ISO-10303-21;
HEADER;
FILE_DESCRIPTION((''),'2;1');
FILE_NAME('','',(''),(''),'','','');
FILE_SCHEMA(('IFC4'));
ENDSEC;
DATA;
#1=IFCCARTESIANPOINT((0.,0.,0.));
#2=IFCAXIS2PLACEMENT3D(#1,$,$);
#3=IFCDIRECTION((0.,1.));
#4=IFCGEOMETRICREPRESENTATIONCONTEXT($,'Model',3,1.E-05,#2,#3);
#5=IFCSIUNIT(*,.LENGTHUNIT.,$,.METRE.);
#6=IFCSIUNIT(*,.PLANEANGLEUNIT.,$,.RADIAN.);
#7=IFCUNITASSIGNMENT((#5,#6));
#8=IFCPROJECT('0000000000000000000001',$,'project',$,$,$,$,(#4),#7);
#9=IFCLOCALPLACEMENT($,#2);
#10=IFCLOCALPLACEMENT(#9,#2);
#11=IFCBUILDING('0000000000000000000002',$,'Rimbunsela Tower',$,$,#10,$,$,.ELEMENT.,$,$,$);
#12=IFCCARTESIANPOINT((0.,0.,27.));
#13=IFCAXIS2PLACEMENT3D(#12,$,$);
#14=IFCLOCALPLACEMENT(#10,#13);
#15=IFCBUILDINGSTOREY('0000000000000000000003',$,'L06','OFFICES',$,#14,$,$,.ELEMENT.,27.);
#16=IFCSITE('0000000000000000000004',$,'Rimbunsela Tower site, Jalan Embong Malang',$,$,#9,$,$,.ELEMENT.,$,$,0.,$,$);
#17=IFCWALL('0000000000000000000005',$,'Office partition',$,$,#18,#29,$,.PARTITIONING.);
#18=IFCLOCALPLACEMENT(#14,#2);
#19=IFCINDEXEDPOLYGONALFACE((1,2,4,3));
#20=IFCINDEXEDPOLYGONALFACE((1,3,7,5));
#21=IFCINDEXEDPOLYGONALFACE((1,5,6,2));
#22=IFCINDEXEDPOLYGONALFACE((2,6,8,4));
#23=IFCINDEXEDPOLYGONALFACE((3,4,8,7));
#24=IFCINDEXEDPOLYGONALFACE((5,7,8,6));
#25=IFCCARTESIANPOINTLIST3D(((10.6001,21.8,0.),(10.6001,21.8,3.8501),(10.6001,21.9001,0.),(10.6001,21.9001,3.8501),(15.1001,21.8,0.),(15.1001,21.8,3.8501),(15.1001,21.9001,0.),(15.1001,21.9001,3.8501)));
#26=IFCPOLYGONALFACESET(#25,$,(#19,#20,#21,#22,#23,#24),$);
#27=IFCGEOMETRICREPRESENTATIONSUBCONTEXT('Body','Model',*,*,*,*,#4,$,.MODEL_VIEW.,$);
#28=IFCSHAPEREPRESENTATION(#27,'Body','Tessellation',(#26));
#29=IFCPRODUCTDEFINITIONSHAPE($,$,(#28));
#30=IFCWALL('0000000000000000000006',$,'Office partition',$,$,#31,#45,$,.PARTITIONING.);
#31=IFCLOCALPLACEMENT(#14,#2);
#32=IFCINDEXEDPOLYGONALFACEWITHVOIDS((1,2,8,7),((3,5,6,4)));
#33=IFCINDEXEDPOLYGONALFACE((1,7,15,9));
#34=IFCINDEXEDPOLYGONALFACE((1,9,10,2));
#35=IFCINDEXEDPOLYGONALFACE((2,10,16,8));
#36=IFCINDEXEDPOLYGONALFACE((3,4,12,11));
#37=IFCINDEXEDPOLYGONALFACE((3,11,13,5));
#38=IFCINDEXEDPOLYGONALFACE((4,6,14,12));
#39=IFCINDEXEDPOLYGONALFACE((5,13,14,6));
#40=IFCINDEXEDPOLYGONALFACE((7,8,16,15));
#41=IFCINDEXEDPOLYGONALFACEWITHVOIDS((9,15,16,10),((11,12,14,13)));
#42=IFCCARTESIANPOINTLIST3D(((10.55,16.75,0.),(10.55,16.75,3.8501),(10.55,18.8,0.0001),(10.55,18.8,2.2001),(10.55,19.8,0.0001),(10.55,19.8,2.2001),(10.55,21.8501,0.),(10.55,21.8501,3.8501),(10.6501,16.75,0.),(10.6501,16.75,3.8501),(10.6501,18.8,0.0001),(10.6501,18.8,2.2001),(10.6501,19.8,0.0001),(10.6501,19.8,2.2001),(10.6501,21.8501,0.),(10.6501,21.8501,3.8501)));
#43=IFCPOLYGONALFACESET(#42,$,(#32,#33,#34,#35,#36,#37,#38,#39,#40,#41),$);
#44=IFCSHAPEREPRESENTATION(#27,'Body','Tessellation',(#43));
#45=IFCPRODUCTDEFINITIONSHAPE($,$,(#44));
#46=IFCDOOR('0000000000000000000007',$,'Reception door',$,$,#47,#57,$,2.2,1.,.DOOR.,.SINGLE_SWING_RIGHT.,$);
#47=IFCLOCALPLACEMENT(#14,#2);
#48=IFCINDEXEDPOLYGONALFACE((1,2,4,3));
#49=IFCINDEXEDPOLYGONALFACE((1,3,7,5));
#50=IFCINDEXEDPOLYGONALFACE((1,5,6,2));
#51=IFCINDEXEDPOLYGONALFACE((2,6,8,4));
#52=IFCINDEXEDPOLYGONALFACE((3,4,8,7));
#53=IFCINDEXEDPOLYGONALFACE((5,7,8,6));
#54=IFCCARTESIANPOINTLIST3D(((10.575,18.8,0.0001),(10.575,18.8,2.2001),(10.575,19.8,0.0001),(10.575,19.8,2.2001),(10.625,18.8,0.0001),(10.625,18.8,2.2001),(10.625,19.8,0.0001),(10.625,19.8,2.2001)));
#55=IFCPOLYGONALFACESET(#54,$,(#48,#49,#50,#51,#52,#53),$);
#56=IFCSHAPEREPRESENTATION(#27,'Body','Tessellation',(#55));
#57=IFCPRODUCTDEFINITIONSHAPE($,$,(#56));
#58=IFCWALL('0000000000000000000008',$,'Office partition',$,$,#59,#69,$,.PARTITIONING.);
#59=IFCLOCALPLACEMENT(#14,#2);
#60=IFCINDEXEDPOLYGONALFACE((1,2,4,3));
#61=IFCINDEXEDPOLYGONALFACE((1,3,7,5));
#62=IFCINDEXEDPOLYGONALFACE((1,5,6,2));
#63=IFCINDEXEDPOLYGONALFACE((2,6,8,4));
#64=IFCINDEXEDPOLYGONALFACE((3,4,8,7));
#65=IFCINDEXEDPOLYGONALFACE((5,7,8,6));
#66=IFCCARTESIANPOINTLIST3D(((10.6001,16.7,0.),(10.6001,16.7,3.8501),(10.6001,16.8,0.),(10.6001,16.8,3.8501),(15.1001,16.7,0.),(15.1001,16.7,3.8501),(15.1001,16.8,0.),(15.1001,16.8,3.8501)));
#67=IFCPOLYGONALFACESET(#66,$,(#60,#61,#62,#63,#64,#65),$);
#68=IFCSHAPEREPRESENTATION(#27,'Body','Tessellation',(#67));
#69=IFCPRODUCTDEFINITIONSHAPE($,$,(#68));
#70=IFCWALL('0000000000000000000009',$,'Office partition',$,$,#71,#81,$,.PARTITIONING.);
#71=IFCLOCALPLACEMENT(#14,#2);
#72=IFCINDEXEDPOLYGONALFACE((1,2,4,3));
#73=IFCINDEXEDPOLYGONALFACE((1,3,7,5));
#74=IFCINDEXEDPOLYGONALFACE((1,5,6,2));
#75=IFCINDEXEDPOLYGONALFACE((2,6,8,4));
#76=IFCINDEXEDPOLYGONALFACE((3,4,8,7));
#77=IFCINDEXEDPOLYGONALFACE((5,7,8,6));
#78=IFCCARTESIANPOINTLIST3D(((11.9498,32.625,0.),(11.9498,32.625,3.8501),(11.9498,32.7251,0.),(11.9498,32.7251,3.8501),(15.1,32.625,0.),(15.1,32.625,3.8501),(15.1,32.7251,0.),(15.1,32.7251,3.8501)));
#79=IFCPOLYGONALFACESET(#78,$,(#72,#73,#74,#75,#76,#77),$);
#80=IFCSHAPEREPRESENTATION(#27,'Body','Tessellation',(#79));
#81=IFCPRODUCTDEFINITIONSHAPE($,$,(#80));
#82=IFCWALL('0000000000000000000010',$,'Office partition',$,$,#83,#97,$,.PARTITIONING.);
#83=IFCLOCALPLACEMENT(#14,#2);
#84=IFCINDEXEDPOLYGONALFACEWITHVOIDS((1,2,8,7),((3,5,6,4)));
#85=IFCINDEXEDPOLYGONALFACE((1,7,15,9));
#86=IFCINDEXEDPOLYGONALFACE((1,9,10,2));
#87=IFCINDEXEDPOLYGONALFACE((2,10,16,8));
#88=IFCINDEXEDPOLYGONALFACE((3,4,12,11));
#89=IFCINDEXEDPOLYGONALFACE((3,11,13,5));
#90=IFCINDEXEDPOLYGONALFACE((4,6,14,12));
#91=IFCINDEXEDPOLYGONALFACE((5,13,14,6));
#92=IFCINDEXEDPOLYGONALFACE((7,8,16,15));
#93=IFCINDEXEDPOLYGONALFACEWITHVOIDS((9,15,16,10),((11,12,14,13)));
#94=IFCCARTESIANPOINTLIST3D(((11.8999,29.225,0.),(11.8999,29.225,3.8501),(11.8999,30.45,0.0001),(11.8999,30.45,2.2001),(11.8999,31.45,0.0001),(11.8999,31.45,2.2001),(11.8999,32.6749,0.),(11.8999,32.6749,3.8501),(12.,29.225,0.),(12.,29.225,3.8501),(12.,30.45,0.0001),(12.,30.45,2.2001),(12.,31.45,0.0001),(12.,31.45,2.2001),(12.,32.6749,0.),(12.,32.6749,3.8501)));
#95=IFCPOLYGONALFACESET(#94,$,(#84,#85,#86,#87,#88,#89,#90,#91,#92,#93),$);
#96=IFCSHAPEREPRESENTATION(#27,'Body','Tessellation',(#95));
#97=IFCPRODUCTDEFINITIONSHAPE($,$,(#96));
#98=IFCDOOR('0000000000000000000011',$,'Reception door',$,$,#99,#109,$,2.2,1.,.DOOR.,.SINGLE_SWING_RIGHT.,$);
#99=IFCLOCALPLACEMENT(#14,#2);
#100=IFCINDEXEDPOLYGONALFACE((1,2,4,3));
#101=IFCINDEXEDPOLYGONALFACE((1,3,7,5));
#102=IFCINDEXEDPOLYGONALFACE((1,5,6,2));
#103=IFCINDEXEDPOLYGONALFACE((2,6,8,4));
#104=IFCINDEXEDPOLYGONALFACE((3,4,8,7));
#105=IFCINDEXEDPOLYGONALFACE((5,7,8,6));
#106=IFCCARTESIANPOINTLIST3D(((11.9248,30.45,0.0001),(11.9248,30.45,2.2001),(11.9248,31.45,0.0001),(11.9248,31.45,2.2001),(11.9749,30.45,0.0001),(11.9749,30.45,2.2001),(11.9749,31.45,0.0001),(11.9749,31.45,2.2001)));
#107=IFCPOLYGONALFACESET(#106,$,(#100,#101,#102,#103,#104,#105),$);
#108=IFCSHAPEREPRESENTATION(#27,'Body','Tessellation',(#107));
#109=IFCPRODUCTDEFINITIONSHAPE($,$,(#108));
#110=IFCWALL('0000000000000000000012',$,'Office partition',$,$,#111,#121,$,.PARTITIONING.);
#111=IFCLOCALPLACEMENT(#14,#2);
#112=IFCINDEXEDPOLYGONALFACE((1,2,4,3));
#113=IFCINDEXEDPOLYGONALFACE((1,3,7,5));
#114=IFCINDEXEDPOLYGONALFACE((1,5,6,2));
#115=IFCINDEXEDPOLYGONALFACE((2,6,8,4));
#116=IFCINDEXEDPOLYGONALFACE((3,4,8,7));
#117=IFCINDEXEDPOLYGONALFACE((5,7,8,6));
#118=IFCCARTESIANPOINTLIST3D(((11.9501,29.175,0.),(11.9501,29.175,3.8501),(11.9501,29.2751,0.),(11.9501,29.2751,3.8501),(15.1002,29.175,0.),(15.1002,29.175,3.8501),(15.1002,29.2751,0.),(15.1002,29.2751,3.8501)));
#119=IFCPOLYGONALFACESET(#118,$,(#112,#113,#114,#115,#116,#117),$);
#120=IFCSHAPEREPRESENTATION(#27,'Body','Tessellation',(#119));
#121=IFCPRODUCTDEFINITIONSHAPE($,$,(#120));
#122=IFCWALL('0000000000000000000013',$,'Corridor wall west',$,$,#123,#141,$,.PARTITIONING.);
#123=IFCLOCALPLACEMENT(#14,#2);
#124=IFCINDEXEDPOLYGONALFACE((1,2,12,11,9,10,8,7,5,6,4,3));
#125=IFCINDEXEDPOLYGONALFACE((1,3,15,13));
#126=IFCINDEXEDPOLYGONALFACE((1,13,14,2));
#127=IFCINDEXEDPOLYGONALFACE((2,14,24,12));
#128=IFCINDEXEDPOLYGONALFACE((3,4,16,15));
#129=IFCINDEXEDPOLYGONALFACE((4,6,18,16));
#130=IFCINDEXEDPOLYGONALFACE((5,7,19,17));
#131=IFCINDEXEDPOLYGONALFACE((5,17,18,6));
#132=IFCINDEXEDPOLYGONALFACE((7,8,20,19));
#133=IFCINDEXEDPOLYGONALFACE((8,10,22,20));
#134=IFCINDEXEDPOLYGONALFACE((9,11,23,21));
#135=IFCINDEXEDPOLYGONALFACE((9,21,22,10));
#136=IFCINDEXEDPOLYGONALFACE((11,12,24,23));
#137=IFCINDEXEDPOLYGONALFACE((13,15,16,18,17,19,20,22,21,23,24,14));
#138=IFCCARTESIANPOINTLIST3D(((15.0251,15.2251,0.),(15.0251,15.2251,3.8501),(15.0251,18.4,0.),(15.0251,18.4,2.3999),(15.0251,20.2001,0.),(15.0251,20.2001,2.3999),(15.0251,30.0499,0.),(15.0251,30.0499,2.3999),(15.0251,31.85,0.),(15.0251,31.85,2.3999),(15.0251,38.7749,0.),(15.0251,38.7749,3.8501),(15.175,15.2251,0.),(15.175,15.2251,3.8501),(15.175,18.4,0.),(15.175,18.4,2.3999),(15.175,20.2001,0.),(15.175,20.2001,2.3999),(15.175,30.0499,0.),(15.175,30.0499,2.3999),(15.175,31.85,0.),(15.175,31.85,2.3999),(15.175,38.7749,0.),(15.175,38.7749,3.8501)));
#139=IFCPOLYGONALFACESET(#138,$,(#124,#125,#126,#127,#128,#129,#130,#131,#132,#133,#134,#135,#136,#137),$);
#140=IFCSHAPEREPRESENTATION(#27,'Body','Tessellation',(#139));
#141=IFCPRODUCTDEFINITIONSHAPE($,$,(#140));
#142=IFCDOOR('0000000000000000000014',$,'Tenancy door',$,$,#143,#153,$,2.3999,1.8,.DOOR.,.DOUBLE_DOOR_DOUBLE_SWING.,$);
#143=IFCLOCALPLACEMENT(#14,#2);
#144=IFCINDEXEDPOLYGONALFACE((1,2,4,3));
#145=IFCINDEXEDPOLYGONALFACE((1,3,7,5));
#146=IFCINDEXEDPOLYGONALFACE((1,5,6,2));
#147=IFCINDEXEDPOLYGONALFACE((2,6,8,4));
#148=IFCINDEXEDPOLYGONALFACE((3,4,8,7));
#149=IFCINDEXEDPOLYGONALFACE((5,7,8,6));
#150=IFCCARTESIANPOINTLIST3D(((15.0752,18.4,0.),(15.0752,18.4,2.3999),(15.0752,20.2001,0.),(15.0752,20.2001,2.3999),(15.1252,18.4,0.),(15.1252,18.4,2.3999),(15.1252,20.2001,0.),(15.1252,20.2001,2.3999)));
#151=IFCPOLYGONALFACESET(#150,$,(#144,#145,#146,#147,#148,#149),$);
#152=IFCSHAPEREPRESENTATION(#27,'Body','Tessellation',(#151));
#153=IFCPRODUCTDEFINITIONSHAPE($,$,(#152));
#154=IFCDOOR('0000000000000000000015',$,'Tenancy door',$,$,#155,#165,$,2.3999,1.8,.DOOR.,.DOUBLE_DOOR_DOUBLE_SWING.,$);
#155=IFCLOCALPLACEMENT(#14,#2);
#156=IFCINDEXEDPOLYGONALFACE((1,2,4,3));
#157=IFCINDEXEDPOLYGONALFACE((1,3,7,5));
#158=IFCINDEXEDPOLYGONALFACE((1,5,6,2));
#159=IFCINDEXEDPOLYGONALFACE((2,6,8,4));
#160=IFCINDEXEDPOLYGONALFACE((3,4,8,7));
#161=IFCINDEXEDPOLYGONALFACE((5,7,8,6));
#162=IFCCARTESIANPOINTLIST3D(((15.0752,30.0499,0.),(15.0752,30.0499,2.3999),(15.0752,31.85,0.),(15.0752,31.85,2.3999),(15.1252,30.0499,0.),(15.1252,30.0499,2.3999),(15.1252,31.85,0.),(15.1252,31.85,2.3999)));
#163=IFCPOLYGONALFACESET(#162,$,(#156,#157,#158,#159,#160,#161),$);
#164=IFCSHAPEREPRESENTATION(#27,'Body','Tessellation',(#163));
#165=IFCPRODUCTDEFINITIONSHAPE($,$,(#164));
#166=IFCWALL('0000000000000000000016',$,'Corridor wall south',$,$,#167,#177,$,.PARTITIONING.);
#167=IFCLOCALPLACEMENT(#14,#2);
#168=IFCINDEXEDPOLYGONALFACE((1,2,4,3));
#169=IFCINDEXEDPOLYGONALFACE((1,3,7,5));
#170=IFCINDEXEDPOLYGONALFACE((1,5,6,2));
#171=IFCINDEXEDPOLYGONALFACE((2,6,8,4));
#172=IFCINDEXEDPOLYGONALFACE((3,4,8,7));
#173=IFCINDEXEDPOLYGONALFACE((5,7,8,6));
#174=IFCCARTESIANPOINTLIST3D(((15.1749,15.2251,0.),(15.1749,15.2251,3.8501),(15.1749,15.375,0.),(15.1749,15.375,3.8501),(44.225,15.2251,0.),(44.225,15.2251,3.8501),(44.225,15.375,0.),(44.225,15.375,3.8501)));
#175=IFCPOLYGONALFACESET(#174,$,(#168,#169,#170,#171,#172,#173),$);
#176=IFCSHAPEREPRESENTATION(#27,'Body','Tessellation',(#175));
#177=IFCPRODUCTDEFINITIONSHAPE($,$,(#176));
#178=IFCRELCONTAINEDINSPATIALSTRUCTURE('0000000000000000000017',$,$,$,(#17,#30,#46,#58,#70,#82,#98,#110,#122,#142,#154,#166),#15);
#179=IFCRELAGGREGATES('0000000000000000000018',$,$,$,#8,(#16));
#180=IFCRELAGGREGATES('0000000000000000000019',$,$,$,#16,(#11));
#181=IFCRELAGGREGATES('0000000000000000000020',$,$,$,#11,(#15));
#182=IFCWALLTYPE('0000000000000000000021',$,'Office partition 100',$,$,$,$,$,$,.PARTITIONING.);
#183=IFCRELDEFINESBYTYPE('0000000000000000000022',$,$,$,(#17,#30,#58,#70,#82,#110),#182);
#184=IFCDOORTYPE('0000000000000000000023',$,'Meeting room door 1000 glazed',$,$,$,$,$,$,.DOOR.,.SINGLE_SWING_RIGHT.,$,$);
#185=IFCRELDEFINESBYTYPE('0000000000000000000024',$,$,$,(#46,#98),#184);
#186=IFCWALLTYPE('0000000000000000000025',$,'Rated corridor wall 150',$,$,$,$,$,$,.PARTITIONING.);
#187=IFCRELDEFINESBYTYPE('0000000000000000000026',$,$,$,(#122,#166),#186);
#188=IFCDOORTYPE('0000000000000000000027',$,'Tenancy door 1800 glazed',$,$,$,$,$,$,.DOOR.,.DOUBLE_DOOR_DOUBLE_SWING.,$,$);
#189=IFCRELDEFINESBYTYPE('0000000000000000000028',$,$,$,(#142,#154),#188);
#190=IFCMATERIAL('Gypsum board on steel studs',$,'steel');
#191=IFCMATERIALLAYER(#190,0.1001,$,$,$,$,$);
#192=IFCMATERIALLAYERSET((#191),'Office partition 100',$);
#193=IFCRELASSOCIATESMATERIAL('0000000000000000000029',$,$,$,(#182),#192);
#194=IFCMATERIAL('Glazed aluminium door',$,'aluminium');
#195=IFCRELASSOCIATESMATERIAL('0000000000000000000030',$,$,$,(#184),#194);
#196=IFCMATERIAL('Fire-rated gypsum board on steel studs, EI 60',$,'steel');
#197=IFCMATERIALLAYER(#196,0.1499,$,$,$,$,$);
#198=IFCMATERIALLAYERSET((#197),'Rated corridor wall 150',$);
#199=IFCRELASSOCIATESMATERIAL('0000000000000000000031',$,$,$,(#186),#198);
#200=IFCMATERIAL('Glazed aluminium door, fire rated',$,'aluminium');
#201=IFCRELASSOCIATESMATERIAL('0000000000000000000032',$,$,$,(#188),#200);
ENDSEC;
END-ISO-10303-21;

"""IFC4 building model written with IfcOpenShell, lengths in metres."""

from ifc_helpers import new_model, si_unit, direction, frame, frame_2d, origin, place, context, subcontext, project, spatial, rectangle, extrude, material, layer, layer_set, type_object, element, fill, save


model = new_model("IFC4")

# Units and contexts
model_context = context("Model", 3, precision=1e-05, world=origin(), true_north=direction((0.0, 1.0)))
body_context = subcontext(model_context, "Body", "Model", "MODEL_VIEW")
ifc_project = project(units=[si_unit("LENGTHUNIT", "METRE"), si_unit("PLANEANGLEUNIT", "RADIAN")], contexts=[model_context])

# Site, building, storey
site_placement = place(None, origin())
site = spatial("IfcSite", under=ifc_project, at=site_placement, Name="Rimbunsela Tower site, Jalan Embong Malang", CompositionType="ELEMENT", RefElevation=0.0)
building_placement = place(site_placement, origin())
building = spatial("IfcBuilding", under=site, at=building_placement, Name="Rimbunsela Tower", CompositionType="ELEMENT")
storey_placement = place(building_placement, frame((0.0, 0.0, 27.0)))
storey = spatial("IfcBuildingStorey", under=building, at=storey_placement, Name="L06", Description="OFFICES", CompositionType="ELEMENT", Elevation=27.0)

# Wall
ifc_material_1 = material(Name="Gypsum board on steel studs", Category="steel")
ifc_layer_1 = layer(ifc_material_1, 0.1001)
ifc_layer_set_1 = layer_set([ifc_layer_1], Name="Office partition 100")
wall_type_1 = type_object("IfcWallType", Name="Office partition 100", PredefinedType="PARTITIONING", material=ifc_layer_set_1)
wall_1_placement = place(storey_placement, frame((15.1001, 21.8501, 0.0), z_axis=(0.0, 0.0, 1.0), x_axis=(-1.0, 0.0, 0.0)))
element("IfcWall", 1, at=wall_1_placement, inside=storey, type_object=wall_type_1, Name="Office partition", PredefinedType="PARTITIONING", context=body_context, shape_type="SweptSolid", body=[
    extrude(rectangle(XDim=4.5, YDim=0.1001, at=frame_2d((2.25, 0.0))), origin(), (0.0, 0.0, 1.0), 3.8501),
])

# Wall, opening, door
wall_2_placement = place(storey_placement, frame((10.6001, 21.8501, 0.0), z_axis=(0.0, 0.0, 1.0), x_axis=(0.0, -1.0, 0.0)))
wall_2 = element("IfcWall", 2, at=wall_2_placement, inside=storey, type_object=wall_type_1, Name="Office partition", PredefinedType="PARTITIONING", context=body_context, shape_type="SweptSolid", body=[
    extrude(rectangle(XDim=5.1001, YDim=0.1001, at=frame_2d((2.55, 0.0))), origin(), (0.0, 0.0, 1.0), 3.8501),
])
opening_1_placement = place(wall_2_placement, frame((2.05, 0.0, 0.0)))
opening_1 = element("IfcOpeningElement", 3, at=opening_1_placement, cuts=wall_2, PredefinedType="OPENING", context=body_context, shape_type="SweptSolid", body=[
    extrude(rectangle(XDim=1.0, YDim=2.2, at=frame_2d((0.5, 1.1001))), frame((0.0, 0.0601, 0.0), z_axis=(0.0, -1.0, 0.0), x_axis=(1.0, 0.0, 0.0)), (0.0, 0.0, 1.0), 0.1201),
])
ifc_material_2 = material(Name="Glazed aluminium door", Category="aluminium")
door_type_1 = type_object("IfcDoorType", Name="Meeting room door 1000 glazed", OperationType="SINGLE_SWING_RIGHT", PredefinedType="DOOR", material=ifc_material_2)
door_1_placement = place(opening_1_placement, origin())
door_1 = element("IfcDoor", 4, at=door_1_placement, inside=storey, type_object=door_type_1, Name="Reception door", OperationType="SINGLE_SWING_RIGHT", OverallHeight=2.2, OverallWidth=1.0, PredefinedType="DOOR", context=body_context, shape_type="SweptSolid", body=[
    extrude(rectangle(XDim=1.0, YDim=2.2, at=frame_2d((0.5, 1.1001))), frame((0.0, 0.0249, 0.0), z_axis=(0.0, -1.0, 0.0), x_axis=(1.0, 0.0, 0.0)), (0.0, 0.0, 1.0), 0.05),
])
fill(opening_1, door_1)

# Walls
wall_3_placement = place(storey_placement, frame((10.6001, 16.75, 0.0), z_axis=(0.0, 0.0, 1.0), x_axis=(1.0, 0.0, 0.0)))
element("IfcWall", 5, at=wall_3_placement, inside=storey, type_object=wall_type_1, Name="Office partition", PredefinedType="PARTITIONING", context=body_context, shape_type="SweptSolid", body=[
    extrude(rectangle(XDim=4.5, YDim=0.1001, at=frame_2d((2.25, 0.0))), origin(), (0.0, 0.0, 1.0), 3.8501),
])
wall_4_placement = place(storey_placement, frame((15.1001, 32.675, 0.0), z_axis=(0.0, 0.0, 1.0), x_axis=(-1.0, 0.0, 0.0)))
element("IfcWall", 6, at=wall_4_placement, inside=storey, type_object=wall_type_1, Name="Office partition", PredefinedType="PARTITIONING", context=body_context, shape_type="SweptSolid", body=[
    extrude(rectangle(XDim=3.1501, YDim=0.1001, at=frame_2d((1.5752, 0.0))), origin(), (0.0, 0.0, 1.0), 3.8501),
])

# Wall, opening, door
wall_5_placement = place(storey_placement, frame((11.95, 32.675, 0.0), z_axis=(0.0, 0.0, 1.0), x_axis=(0.0, -1.0, 0.0)))
wall_5 = element("IfcWall", 7, at=wall_5_placement, inside=storey, type_object=wall_type_1, Name="Office partition", PredefinedType="PARTITIONING", context=body_context, shape_type="SweptSolid", body=[
    extrude(rectangle(XDim=3.45, YDim=0.1001, at=frame_2d((1.7251, 0.0))), origin(), (0.0, 0.0, 1.0), 3.8501),
])
opening_2_placement = place(wall_5_placement, frame((1.2251, 0.0, 0.0)))
opening_2 = element("IfcOpeningElement", 8, at=opening_2_placement, cuts=wall_5, PredefinedType="OPENING", context=body_context, shape_type="SweptSolid", body=[
    extrude(rectangle(XDim=1.0, YDim=2.2, at=frame_2d((0.5, 1.1001))), frame((0.0, 0.0601, 0.0), z_axis=(0.0, -1.0, 0.0), x_axis=(1.0, 0.0, 0.0)), (0.0, 0.0, 1.0), 0.1201),
])
door_2_placement = place(opening_2_placement, origin())
door_2 = element("IfcDoor", 9, at=door_2_placement, inside=storey, type_object=door_type_1, Name="Reception door", OperationType="SINGLE_SWING_RIGHT", OverallHeight=2.2, OverallWidth=1.0, PredefinedType="DOOR", context=body_context, shape_type="SweptSolid", body=[
    extrude(rectangle(XDim=1.0, YDim=2.2, at=frame_2d((0.5, 1.1001))), frame((0.0, 0.0249, 0.0), z_axis=(0.0, -1.0, 0.0), x_axis=(1.0, 0.0, 0.0)), (0.0, 0.0, 1.0), 0.05),
])
fill(opening_2, door_2)

# Wall
wall_6_placement = place(storey_placement, frame((11.95, 29.2251, 0.0), z_axis=(0.0, 0.0, 1.0), x_axis=(1.0, 0.0, 0.0)))
element("IfcWall", 10, at=wall_6_placement, inside=storey, type_object=wall_type_1, Name="Office partition", PredefinedType="PARTITIONING", context=body_context, shape_type="SweptSolid", body=[
    extrude(rectangle(XDim=3.1501, YDim=0.1001, at=frame_2d((1.5752, 0.0))), origin(), (0.0, 0.0, 1.0), 3.8501),
])

# Wall, openings, doors
ifc_material_3 = material(Name="Fire-rated gypsum board on steel studs, EI 60", Category="steel")
ifc_layer_2 = layer(ifc_material_3, 0.1499)
ifc_layer_set_2 = layer_set([ifc_layer_2], Name="Rated corridor wall 150")
wall_type_2 = type_object("IfcWallType", Name="Rated corridor wall 150", PredefinedType="PARTITIONING", material=ifc_layer_set_2)
wall_7_placement = place(storey_placement, frame((15.1001, 15.2251, 0.0), z_axis=(0.0, 0.0, 1.0), x_axis=(0.0, 1.0, 0.0)))
wall_7 = element("IfcWall", 11, at=wall_7_placement, inside=storey, type_object=wall_type_2, Name="Corridor wall west", PredefinedType="PARTITIONING", context=body_context, shape_type="SweptSolid", body=[
    extrude(rectangle(XDim=23.5498, YDim=0.1499, at=frame_2d((11.7749, 0.0))), origin(), (0.0, 0.0, 1.0), 3.8501),
])
opening_3_placement = place(wall_7_placement, frame((3.175, 0.0, 0.0)))
opening_3 = element("IfcOpeningElement", 12, at=opening_3_placement, cuts=wall_7, PredefinedType="OPENING", context=body_context, shape_type="SweptSolid", body=[
    extrude(rectangle(XDim=1.8, YDim=2.3999, at=frame_2d((0.8999, 1.2))), frame((0.0, 0.085, 0.0), z_axis=(0.0, -1.0, 0.0), x_axis=(1.0, 0.0, 0.0)), (0.0, 0.0, 1.0), 0.1699),
])
opening_4_placement = place(wall_7_placement, frame((14.825, 0.0, 0.0)))
opening_4 = element("IfcOpeningElement", 13, at=opening_4_placement, cuts=wall_7, PredefinedType="OPENING", context=body_context, shape_type="SweptSolid", body=[
    extrude(rectangle(XDim=1.8, YDim=2.3999, at=frame_2d((0.8999, 1.2))), frame((0.0, 0.085, 0.0), z_axis=(0.0, -1.0, 0.0), x_axis=(1.0, 0.0, 0.0)), (0.0, 0.0, 1.0), 0.1699),
])
ifc_material_4 = material(Name="Glazed aluminium door, fire rated", Category="aluminium")
door_type_2 = type_object("IfcDoorType", Name="Tenancy door 1800 glazed", OperationType="DOUBLE_DOOR_DOUBLE_SWING", PredefinedType="DOOR", material=ifc_material_4)
door_3_placement = place(opening_3_placement, origin())
door_3 = element("IfcDoor", 14, at=door_3_placement, inside=storey, type_object=door_type_2, Name="Tenancy door", OperationType="DOUBLE_DOOR_DOUBLE_SWING", OverallHeight=2.3999, OverallWidth=1.8, PredefinedType="DOOR", context=body_context, shape_type="SweptSolid", body=[
    extrude(rectangle(XDim=1.8, YDim=2.3999, at=frame_2d((0.8999, 1.2))), frame((0.0, 0.0249, 0.0), z_axis=(0.0, -1.0, 0.0), x_axis=(1.0, 0.0, 0.0)), (0.0, 0.0, 1.0), 0.05),
])
fill(opening_3, door_3)
door_4_placement = place(opening_4_placement, origin())
door_4 = element("IfcDoor", 15, at=door_4_placement, inside=storey, type_object=door_type_2, Name="Tenancy door", OperationType="DOUBLE_DOOR_DOUBLE_SWING", OverallHeight=2.3999, OverallWidth=1.8, PredefinedType="DOOR", context=body_context, shape_type="SweptSolid", body=[
    extrude(rectangle(XDim=1.8, YDim=2.3999, at=frame_2d((0.8999, 1.2))), frame((0.0, 0.0249, 0.0), z_axis=(0.0, -1.0, 0.0), x_axis=(1.0, 0.0, 0.0)), (0.0, 0.0, 1.0), 0.05),
])
fill(opening_4, door_4)

# Wall
wall_8_placement = place(storey_placement, frame((15.175, 15.3, 0.0), z_axis=(0.0, 0.0, 1.0), x_axis=(1.0, 0.0, 0.0)))
element("IfcWall", 16, at=wall_8_placement, inside=storey, type_object=wall_type_2, Name="Corridor wall south", PredefinedType="PARTITIONING", context=body_context, shape_type="SweptSolid", body=[
    extrude(rectangle(XDim=29.05, YDim=0.1499, at=frame_2d((14.5249, 0.0))), origin(), (0.0, 0.0, 1.0), 3.8501),
])

save(model, "model.ifc")
